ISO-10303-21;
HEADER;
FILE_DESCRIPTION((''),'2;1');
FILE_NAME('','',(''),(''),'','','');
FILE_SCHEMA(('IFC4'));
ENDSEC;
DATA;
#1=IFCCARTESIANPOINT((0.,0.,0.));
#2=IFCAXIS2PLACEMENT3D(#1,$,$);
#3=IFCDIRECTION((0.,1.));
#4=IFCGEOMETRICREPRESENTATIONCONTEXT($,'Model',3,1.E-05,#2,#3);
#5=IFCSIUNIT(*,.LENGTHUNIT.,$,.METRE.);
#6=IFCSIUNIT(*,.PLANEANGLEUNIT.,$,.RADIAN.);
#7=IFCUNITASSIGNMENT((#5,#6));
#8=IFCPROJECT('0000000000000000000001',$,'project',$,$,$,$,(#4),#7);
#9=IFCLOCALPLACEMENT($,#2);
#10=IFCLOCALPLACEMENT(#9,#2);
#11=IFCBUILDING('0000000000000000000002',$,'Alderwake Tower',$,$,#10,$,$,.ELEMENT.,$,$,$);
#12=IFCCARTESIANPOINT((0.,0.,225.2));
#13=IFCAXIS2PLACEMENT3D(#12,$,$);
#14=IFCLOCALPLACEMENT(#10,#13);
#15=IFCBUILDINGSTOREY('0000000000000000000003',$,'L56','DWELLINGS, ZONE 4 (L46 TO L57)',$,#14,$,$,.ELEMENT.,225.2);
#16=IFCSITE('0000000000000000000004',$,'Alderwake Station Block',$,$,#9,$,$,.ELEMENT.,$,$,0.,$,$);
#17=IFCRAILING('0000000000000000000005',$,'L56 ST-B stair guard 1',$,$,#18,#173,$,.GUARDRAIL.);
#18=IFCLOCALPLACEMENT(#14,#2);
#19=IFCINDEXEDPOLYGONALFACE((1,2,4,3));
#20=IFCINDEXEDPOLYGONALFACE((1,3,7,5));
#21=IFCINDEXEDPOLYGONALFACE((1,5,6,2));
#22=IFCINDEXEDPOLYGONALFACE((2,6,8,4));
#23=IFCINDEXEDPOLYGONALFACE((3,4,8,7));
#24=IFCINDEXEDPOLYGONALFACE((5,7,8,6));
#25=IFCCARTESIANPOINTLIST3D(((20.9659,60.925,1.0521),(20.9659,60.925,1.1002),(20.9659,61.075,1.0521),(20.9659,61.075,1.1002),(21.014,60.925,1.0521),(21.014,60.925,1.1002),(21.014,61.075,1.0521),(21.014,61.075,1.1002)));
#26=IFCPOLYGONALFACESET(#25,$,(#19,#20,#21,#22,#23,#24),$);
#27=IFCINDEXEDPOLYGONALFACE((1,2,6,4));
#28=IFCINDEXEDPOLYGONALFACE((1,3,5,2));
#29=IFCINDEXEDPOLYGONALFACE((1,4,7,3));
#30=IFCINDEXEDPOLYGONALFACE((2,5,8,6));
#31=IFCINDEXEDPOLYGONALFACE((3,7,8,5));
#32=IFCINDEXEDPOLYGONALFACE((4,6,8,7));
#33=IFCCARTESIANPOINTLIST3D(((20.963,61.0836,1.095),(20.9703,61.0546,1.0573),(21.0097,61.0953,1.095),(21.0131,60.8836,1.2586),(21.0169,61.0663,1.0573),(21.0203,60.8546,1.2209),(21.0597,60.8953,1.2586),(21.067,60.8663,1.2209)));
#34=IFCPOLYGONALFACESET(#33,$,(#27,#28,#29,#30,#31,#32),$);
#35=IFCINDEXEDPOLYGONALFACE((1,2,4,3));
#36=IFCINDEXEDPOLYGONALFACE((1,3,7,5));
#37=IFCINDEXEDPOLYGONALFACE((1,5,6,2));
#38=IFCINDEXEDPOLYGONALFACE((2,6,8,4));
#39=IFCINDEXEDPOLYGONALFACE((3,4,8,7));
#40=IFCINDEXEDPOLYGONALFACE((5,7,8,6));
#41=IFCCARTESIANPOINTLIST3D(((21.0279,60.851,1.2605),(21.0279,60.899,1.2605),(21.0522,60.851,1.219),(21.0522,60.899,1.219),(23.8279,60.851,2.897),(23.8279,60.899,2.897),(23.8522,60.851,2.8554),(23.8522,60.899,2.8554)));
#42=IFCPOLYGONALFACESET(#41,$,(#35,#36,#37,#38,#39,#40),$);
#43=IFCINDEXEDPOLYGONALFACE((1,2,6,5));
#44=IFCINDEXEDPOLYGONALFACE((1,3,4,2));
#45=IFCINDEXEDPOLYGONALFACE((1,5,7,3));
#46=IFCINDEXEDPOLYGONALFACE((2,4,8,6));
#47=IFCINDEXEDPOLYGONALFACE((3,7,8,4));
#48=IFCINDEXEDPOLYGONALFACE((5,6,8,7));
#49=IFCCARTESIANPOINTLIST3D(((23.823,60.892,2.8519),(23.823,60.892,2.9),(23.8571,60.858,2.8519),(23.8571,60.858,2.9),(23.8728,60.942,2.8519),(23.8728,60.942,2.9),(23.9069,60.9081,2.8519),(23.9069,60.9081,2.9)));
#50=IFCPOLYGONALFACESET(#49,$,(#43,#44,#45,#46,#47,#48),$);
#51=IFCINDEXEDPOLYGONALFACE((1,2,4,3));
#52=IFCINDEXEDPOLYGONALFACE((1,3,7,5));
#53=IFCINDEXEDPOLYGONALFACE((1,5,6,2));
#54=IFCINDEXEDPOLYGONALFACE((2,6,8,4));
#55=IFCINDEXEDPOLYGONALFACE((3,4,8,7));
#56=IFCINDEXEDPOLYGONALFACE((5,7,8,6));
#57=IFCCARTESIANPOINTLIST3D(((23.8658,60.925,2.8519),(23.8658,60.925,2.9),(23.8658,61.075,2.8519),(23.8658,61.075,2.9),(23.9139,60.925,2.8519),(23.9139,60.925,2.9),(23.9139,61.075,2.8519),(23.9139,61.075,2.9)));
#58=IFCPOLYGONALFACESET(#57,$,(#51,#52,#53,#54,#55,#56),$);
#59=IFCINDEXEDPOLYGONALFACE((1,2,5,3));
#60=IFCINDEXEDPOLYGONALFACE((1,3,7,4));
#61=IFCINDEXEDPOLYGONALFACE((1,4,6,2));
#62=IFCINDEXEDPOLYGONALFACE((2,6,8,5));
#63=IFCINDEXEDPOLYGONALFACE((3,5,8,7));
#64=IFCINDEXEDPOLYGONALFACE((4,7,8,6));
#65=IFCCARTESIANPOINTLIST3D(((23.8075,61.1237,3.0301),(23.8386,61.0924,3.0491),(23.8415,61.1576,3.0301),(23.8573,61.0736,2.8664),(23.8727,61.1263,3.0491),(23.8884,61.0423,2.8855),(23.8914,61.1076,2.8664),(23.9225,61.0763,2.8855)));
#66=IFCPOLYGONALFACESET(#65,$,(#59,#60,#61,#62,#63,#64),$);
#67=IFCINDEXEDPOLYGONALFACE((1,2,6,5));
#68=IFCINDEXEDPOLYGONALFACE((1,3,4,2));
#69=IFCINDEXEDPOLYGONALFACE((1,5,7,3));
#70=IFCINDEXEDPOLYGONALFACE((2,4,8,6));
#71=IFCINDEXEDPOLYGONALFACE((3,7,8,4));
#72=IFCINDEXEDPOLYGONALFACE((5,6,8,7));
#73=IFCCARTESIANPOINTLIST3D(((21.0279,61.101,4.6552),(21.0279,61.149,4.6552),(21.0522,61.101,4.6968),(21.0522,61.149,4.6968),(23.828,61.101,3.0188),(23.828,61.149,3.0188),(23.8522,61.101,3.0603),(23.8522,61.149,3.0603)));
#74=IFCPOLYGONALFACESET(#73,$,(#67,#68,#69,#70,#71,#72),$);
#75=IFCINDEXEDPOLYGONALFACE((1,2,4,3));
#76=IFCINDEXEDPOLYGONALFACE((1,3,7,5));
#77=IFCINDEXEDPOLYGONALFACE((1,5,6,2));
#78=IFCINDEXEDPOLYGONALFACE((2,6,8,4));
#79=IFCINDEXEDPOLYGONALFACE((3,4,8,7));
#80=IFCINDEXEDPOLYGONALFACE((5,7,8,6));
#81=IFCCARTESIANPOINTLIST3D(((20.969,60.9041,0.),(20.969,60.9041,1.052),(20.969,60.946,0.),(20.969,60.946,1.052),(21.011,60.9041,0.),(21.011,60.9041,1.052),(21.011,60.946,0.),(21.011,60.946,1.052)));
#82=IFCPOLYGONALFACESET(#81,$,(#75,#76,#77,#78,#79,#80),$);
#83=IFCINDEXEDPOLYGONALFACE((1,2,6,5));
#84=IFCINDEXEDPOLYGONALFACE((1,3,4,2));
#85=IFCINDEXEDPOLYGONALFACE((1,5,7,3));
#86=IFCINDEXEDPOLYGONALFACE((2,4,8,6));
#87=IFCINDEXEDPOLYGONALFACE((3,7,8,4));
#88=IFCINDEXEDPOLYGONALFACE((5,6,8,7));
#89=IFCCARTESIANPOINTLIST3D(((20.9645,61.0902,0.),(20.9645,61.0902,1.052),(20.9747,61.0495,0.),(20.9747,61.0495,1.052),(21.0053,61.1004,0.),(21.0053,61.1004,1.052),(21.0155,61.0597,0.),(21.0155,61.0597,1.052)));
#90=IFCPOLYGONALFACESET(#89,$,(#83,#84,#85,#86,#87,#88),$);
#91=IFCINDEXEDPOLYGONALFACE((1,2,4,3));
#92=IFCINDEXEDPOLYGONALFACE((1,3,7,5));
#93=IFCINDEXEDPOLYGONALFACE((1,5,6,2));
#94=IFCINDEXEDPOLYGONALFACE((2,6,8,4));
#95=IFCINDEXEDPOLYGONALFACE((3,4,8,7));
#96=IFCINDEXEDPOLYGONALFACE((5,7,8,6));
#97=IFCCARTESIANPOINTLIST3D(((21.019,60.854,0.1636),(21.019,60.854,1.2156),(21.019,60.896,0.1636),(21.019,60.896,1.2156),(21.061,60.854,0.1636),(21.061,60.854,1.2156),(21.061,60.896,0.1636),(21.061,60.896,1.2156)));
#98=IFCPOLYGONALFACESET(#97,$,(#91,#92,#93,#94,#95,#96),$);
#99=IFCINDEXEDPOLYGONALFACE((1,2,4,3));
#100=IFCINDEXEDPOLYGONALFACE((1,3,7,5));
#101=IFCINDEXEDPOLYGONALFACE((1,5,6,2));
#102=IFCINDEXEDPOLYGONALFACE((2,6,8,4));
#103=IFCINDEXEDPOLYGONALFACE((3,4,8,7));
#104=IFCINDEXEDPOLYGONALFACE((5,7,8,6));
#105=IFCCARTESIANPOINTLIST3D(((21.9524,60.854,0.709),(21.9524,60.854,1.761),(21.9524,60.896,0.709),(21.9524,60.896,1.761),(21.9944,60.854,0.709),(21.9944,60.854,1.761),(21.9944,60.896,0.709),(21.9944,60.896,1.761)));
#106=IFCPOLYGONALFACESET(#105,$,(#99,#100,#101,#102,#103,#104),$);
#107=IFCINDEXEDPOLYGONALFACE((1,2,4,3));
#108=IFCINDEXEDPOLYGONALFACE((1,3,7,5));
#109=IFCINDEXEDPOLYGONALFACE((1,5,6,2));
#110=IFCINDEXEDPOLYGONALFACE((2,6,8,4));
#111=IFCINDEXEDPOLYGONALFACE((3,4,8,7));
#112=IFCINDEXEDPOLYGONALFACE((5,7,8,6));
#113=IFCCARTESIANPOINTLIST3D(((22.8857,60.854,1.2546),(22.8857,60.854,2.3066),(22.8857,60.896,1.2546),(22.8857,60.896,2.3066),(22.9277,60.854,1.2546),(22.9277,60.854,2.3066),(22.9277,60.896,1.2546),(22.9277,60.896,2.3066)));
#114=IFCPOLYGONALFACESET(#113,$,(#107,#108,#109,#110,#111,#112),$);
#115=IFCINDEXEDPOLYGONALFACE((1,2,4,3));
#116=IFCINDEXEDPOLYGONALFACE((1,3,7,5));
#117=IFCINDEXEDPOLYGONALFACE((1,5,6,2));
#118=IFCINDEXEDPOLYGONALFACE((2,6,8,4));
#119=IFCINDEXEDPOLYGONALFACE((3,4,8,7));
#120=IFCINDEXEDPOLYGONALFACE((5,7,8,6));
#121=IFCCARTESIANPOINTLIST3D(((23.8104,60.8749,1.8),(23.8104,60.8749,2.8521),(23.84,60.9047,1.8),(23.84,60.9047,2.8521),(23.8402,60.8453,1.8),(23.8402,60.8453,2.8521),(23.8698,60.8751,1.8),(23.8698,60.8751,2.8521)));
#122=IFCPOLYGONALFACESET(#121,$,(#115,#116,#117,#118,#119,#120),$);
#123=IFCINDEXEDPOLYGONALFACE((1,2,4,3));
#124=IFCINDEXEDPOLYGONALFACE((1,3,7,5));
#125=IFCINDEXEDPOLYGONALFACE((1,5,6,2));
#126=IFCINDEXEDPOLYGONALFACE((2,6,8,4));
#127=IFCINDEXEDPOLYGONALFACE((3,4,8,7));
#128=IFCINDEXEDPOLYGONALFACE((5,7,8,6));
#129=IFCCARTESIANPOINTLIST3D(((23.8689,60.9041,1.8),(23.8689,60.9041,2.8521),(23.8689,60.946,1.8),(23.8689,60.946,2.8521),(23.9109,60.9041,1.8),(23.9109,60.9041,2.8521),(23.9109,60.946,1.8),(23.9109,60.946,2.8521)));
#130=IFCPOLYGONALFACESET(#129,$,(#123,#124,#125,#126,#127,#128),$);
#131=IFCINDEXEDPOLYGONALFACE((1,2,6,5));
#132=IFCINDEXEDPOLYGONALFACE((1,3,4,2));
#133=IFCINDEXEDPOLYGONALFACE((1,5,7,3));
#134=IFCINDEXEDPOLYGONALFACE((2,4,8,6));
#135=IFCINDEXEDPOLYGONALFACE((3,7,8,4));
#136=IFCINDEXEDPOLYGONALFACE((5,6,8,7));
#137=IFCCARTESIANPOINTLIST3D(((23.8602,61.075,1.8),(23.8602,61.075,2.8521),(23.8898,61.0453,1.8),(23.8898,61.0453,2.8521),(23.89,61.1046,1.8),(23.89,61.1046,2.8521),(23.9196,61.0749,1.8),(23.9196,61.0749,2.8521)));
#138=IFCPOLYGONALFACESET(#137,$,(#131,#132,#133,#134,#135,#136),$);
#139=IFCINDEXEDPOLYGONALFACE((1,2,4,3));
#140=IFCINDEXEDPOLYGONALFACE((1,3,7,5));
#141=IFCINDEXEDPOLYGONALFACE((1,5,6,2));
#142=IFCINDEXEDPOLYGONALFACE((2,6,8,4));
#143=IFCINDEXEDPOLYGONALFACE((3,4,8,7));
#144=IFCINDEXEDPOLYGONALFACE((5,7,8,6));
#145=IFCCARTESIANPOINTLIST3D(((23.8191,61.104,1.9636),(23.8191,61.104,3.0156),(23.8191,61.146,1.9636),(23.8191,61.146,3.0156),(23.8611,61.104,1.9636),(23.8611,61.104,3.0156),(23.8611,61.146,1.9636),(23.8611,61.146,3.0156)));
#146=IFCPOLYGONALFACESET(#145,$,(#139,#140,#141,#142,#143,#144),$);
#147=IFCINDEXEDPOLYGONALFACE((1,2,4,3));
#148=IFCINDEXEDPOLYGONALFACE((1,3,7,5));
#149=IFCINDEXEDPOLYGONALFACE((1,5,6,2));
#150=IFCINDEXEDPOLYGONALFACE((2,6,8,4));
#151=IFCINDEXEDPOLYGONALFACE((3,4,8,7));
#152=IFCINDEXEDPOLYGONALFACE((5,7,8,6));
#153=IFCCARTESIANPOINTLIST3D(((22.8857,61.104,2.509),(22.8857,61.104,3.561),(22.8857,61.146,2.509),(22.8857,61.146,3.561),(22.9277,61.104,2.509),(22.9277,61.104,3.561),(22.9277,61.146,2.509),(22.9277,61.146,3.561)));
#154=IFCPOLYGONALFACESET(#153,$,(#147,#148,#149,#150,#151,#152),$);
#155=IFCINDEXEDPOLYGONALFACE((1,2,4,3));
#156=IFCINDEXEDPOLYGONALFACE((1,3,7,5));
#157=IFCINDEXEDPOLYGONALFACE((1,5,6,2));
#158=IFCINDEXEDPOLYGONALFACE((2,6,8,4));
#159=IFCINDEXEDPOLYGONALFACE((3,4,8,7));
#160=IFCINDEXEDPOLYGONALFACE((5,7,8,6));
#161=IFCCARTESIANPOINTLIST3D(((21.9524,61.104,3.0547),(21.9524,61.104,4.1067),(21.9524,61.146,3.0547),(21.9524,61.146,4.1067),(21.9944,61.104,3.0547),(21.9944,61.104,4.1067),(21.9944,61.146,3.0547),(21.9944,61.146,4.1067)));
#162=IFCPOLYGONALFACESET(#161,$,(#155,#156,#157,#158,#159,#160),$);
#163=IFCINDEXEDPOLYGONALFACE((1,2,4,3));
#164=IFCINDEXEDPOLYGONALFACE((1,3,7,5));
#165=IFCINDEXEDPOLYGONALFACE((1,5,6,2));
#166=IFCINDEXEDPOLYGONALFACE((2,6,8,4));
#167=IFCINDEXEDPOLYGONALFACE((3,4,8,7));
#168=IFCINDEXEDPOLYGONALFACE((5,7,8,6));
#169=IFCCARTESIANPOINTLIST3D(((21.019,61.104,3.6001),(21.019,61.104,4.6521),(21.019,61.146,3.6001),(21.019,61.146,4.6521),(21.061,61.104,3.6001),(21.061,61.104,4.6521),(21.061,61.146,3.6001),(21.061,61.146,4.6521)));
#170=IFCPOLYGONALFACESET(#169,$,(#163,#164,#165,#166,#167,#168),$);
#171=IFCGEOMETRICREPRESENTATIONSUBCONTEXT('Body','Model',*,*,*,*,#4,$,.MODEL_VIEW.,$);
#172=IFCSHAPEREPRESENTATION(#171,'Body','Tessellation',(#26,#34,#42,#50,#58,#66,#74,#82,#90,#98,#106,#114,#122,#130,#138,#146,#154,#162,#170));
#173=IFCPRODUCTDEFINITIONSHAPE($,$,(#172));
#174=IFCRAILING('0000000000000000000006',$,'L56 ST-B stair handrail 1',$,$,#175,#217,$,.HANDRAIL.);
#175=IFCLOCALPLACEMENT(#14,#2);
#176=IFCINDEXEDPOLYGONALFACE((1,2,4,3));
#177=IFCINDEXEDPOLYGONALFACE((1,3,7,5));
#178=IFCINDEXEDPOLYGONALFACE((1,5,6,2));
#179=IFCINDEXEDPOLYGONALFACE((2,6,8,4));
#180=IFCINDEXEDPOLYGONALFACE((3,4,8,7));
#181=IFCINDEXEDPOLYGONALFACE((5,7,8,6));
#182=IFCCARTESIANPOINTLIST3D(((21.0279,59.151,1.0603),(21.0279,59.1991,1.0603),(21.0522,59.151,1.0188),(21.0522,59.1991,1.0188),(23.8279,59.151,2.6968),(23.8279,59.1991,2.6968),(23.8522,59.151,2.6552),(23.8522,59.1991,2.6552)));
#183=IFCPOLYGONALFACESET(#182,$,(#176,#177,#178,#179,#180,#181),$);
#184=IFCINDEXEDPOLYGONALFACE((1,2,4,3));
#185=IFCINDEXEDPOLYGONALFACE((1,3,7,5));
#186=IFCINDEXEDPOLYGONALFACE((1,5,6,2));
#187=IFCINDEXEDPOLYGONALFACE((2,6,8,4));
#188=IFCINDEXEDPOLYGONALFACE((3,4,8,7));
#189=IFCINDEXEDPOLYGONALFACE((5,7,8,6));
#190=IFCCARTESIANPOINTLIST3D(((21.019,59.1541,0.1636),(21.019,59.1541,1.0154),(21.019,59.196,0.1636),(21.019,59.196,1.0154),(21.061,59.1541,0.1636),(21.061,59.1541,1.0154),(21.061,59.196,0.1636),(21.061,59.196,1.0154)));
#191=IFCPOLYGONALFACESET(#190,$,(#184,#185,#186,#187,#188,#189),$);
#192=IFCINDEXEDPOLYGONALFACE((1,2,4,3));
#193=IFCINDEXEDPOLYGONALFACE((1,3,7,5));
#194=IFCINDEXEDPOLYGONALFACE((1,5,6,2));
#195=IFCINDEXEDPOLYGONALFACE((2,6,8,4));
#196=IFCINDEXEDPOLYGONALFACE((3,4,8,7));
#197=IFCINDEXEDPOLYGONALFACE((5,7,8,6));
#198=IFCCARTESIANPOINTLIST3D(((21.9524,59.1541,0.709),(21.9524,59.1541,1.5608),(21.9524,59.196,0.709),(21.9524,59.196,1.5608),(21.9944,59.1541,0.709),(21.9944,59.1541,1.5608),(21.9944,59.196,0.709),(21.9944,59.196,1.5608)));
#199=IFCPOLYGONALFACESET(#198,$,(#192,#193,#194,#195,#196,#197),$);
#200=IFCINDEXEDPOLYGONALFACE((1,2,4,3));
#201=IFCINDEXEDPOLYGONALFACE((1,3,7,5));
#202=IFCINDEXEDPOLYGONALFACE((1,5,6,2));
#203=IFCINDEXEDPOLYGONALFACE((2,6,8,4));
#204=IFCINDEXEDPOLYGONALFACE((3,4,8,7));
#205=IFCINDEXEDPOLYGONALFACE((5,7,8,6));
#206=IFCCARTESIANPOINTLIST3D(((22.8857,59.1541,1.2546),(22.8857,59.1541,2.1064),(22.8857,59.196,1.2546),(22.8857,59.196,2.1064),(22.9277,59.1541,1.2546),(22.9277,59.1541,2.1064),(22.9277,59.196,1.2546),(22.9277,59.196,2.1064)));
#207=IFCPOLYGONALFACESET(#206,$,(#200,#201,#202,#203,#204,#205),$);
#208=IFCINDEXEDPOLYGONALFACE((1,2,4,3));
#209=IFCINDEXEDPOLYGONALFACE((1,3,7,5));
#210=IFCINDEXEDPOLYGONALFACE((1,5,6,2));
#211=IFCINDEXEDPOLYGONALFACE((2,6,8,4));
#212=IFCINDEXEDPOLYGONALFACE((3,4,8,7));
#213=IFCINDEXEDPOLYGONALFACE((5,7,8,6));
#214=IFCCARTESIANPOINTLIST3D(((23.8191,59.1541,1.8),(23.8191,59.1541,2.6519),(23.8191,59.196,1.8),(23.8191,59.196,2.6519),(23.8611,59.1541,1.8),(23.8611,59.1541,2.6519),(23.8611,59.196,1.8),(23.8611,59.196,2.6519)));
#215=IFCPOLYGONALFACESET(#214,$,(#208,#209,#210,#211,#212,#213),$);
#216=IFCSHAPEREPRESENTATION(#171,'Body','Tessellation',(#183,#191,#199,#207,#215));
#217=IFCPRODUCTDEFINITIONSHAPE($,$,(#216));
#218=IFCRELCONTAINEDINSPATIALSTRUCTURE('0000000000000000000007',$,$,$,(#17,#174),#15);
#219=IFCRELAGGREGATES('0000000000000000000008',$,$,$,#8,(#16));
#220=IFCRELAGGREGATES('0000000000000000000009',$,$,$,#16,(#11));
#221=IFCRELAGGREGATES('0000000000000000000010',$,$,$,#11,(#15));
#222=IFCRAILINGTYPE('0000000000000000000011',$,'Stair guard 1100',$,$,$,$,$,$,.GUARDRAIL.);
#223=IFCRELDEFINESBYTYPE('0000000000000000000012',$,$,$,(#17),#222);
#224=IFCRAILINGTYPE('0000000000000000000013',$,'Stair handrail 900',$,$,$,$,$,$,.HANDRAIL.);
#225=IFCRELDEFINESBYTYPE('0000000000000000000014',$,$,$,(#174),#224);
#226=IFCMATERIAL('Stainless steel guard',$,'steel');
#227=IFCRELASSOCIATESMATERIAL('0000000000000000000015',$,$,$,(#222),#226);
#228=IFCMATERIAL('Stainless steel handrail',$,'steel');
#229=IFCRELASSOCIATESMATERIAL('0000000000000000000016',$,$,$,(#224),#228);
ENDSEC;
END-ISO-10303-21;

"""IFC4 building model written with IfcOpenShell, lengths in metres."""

from ifc_helpers import new_model, si_unit, direction, frame, origin, origin_with_axes, origin_2d, place, context, subcontext, project, spatial, rectangle, extrude, material, type_object, element, save


model = new_model("IFC4")

# Units and contexts
model_context = context("Model", 3, precision=1e-05, world=origin(), true_north=direction((0.0, 1.0)))
body_context = subcontext(model_context, "Body", "Model", "MODEL_VIEW")
ifc_project = project(units=[si_unit("LENGTHUNIT", "METRE"), si_unit("PLANEANGLEUNIT", "RADIAN")], contexts=[model_context])

# Site, building, storey
site_placement = place(None, origin())
site = spatial("IfcSite", under=ifc_project, at=site_placement, Name="Alderwake Station Block", CompositionType="ELEMENT", RefElevation=0.0)
building_placement = place(site_placement, origin())
building = spatial("IfcBuilding", under=site, at=building_placement, Name="Alderwake Tower", CompositionType="ELEMENT")
storey_placement = place(building_placement, frame((0.0, 0.0, 225.2)))
storey = spatial("IfcBuildingStorey", under=building, at=storey_placement, Name="L56", Description="DWELLINGS, ZONE 4 (L46 TO L57)", CompositionType="ELEMENT", Elevation=225.2)

# Railings
ifc_material_1 = material(Name="Stainless steel guard", Category="steel")
railing_type_1 = type_object("IfcRailingType", Name="Stair guard 1100", PredefinedType="GUARDRAIL", material=ifc_material_1)
railing_1_placement = place(storey_placement, frame((20.99, 60.925, 0.0)))
element("IfcRailing", 1, at=railing_1_placement, inside=storey, type_object=railing_type_1, Name="L56 ST-B stair guard 1", PredefinedType="GUARDRAIL", context=body_context, shape_type="SweptSolid", body=[
    extrude(rectangle(XDim=0.0481, YDim=0.0481, at=origin_2d()), frame((0.0, 0.0, 1.0762), z_axis=(0.0, 1.0, 0.0), x_axis=(-1.0, 0.0, 0.0)), (0.0, 0.0, 1.0), 0.1499),
    extrude(rectangle(XDim=0.0481, YDim=0.0481, at=origin_2d()), frame((0.0, 0.1499, 1.0762), z_axis=(0.1902, -0.75987, 0.621628), x_axis=(0.970073, 0.242814, 0.0)), (0.0, 0.0, 1.0), 0.2632),
    extrude(rectangle(XDim=0.0481, YDim=0.0481, at=origin_2d()), frame((0.05, -0.05, 1.2397), z_axis=(0.863361, 0.0, 0.504587), x_axis=(0.0, 1.0, 0.0)), (0.0, 0.0, 1.0), 3.2432),
    extrude(rectangle(XDim=0.0481, YDim=0.0481, at=origin_2d()), frame((2.8501, -0.05, 2.876), z_axis=(0.705376, 0.708834, 0.0), x_axis=(-0.708834, 0.705376, 0.0)), (0.0, 0.0, 1.0), 0.0706),
    extrude(rectangle(XDim=0.0481, YDim=0.0481, at=origin_2d()), frame((2.8999, 0.0, 2.876), z_axis=(0.0, 1.0, 0.0), x_axis=(-1.0, 0.0, 0.0)), (0.0, 0.0, 1.0), 0.1499),
    extrude(rectangle(XDim=0.0481, YDim=0.0481, at=origin_2d()), frame((2.8999, 0.1499, 2.876), z_axis=(-0.279546, 0.280917, 0.918118), x_axis=(-0.708834, -0.705376, 0.0)), (0.0, 0.0, 1.0), 0.1782),
    extrude(rectangle(XDim=0.0481, YDim=0.0481, at=origin_2d()), frame((2.8501, 0.2, 3.0396), z_axis=(-0.863361, 0.0, 0.504587), x_axis=(0.0, -1.0, 0.0)), (0.0, 0.0, 1.0), 3.2432),
    extrude(rectangle(XDim=0.042, YDim=0.042, at=origin_2d()), frame((0.0, 0.0, 0.0), z_axis=(0.0, 0.0, 1.0), x_axis=(0.0, 1.0, 0.0)), (0.0, 0.0, 1.0), 1.052),
    extrude(rectangle(XDim=0.042, YDim=0.042, at=origin_2d()), frame((0.0, 0.1499, 0.0), z_axis=(0.0, 0.0, 1.0), x_axis=(0.242814, -0.970073, 0.0)), (0.0, 0.0, 1.0), 1.052),
    extrude(rectangle(XDim=0.042, YDim=0.042, at=origin_2d()), frame((0.05, -0.05, 0.1636), z_axis=(0.0, 0.0, 1.0), x_axis=(1.0, 0.0, 0.0)), (0.0, 0.0, 1.0), 1.052),
    extrude(rectangle(XDim=0.042, YDim=0.042, at=origin_2d()), frame((0.9834, -0.05, 0.709), z_axis=(0.0, 0.0, 1.0), x_axis=(1.0, 0.0, 0.0)), (0.0, 0.0, 1.0), 1.052),
    extrude(rectangle(XDim=0.042, YDim=0.042, at=origin_2d()), frame((1.9167, -0.05, 1.2546), z_axis=(0.0, 0.0, 1.0), x_axis=(1.0, 0.0, 0.0)), (0.0, 0.0, 1.0), 1.052),
    extrude(rectangle(XDim=0.042, YDim=0.042, at=origin_2d()), frame((2.8501, -0.05, 1.8), z_axis=(0.0, 0.0, 1.0), x_axis=(0.705376, 0.708834, 0.0)), (0.0, 0.0, 1.0), 1.052),
    extrude(rectangle(XDim=0.042, YDim=0.042, at=origin_2d()), frame((2.8999, 0.0, 1.8), z_axis=(0.0, 0.0, 1.0), x_axis=(0.0, 1.0, 0.0)), (0.0, 0.0, 1.0), 1.052),
    extrude(rectangle(XDim=0.042, YDim=0.042, at=origin_2d()), frame((2.8999, 0.1499, 1.8), z_axis=(0.0, 0.0, 1.0), x_axis=(-0.705376, 0.708834, 0.0)), (0.0, 0.0, 1.0), 1.052),
    extrude(rectangle(XDim=0.042, YDim=0.042, at=origin_2d()), frame((2.8501, 0.2, 1.9636), z_axis=(0.0, 0.0, 1.0), x_axis=(-1.0, 0.0, 0.0)), (0.0, 0.0, 1.0), 1.052),
    extrude(rectangle(XDim=0.042, YDim=0.042, at=origin_2d()), frame((1.9167, 0.2, 2.509), z_axis=(0.0, 0.0, 1.0), x_axis=(-1.0, 0.0, 0.0)), (0.0, 0.0, 1.0), 1.052),
    extrude(rectangle(XDim=0.042, YDim=0.042, at=origin_2d()), frame((0.9834, 0.2, 3.0547), z_axis=(0.0, 0.0, 1.0), x_axis=(-1.0, 0.0, 0.0)), (0.0, 0.0, 1.0), 1.052),
    extrude(rectangle(XDim=0.042, YDim=0.042, at=origin_2d()), frame((0.05, 0.2, 3.6001), z_axis=(0.0, 0.0, 1.0), x_axis=(-1.0, 0.0, 0.0)), (0.0, 0.0, 1.0), 1.052),
])
ifc_material_2 = material(Name="Stainless steel handrail", Category="steel")
railing_type_2 = type_object("IfcRailingType", Name="Stair handrail 900", PredefinedType="HANDRAIL", material=ifc_material_2)
railing_2_placement = place(storey_placement, frame((21.04, 59.175, 0.1636)))
element("IfcRailing", 2, at=railing_2_placement, inside=storey, type_object=railing_type_2, Name="L56 ST-B stair handrail 1", PredefinedType="HANDRAIL", context=body_context, shape_type="SweptSolid", body=[
    extrude(rectangle(XDim=0.0481, YDim=0.0481, at=origin_2d()), frame((0.0, 0.0, 0.876), z_axis=(0.863361, 0.0, 0.504587), x_axis=(0.0, 1.0, 0.0)), (0.0, 0.0, 1.0), 3.2432),
    extrude(rectangle(XDim=0.042, YDim=0.042, at=origin_2d()), origin_with_axes(), (0.0, 0.0, 1.0), 0.8518),
    extrude(rectangle(XDim=0.042, YDim=0.042, at=origin_2d()), frame((0.9333, 0.0, 0.5454), z_axis=(0.0, 0.0, 1.0), x_axis=(1.0, 0.0, 0.0)), (0.0, 0.0, 1.0), 0.8518),
    extrude(rectangle(XDim=0.042, YDim=0.042, at=origin_2d()), frame((1.8667, 0.0, 1.0911), z_axis=(0.0, 0.0, 1.0), x_axis=(1.0, 0.0, 0.0)), (0.0, 0.0, 1.0), 0.8518),
    extrude(rectangle(XDim=0.042, YDim=0.042, at=origin_2d()), frame((2.8, 0.0, 1.6365), z_axis=(0.0, 0.0, 1.0), x_axis=(1.0, 0.0, 0.0)), (0.0, 0.0, 1.0), 0.8518),
])

save(model, "model.ifc")
